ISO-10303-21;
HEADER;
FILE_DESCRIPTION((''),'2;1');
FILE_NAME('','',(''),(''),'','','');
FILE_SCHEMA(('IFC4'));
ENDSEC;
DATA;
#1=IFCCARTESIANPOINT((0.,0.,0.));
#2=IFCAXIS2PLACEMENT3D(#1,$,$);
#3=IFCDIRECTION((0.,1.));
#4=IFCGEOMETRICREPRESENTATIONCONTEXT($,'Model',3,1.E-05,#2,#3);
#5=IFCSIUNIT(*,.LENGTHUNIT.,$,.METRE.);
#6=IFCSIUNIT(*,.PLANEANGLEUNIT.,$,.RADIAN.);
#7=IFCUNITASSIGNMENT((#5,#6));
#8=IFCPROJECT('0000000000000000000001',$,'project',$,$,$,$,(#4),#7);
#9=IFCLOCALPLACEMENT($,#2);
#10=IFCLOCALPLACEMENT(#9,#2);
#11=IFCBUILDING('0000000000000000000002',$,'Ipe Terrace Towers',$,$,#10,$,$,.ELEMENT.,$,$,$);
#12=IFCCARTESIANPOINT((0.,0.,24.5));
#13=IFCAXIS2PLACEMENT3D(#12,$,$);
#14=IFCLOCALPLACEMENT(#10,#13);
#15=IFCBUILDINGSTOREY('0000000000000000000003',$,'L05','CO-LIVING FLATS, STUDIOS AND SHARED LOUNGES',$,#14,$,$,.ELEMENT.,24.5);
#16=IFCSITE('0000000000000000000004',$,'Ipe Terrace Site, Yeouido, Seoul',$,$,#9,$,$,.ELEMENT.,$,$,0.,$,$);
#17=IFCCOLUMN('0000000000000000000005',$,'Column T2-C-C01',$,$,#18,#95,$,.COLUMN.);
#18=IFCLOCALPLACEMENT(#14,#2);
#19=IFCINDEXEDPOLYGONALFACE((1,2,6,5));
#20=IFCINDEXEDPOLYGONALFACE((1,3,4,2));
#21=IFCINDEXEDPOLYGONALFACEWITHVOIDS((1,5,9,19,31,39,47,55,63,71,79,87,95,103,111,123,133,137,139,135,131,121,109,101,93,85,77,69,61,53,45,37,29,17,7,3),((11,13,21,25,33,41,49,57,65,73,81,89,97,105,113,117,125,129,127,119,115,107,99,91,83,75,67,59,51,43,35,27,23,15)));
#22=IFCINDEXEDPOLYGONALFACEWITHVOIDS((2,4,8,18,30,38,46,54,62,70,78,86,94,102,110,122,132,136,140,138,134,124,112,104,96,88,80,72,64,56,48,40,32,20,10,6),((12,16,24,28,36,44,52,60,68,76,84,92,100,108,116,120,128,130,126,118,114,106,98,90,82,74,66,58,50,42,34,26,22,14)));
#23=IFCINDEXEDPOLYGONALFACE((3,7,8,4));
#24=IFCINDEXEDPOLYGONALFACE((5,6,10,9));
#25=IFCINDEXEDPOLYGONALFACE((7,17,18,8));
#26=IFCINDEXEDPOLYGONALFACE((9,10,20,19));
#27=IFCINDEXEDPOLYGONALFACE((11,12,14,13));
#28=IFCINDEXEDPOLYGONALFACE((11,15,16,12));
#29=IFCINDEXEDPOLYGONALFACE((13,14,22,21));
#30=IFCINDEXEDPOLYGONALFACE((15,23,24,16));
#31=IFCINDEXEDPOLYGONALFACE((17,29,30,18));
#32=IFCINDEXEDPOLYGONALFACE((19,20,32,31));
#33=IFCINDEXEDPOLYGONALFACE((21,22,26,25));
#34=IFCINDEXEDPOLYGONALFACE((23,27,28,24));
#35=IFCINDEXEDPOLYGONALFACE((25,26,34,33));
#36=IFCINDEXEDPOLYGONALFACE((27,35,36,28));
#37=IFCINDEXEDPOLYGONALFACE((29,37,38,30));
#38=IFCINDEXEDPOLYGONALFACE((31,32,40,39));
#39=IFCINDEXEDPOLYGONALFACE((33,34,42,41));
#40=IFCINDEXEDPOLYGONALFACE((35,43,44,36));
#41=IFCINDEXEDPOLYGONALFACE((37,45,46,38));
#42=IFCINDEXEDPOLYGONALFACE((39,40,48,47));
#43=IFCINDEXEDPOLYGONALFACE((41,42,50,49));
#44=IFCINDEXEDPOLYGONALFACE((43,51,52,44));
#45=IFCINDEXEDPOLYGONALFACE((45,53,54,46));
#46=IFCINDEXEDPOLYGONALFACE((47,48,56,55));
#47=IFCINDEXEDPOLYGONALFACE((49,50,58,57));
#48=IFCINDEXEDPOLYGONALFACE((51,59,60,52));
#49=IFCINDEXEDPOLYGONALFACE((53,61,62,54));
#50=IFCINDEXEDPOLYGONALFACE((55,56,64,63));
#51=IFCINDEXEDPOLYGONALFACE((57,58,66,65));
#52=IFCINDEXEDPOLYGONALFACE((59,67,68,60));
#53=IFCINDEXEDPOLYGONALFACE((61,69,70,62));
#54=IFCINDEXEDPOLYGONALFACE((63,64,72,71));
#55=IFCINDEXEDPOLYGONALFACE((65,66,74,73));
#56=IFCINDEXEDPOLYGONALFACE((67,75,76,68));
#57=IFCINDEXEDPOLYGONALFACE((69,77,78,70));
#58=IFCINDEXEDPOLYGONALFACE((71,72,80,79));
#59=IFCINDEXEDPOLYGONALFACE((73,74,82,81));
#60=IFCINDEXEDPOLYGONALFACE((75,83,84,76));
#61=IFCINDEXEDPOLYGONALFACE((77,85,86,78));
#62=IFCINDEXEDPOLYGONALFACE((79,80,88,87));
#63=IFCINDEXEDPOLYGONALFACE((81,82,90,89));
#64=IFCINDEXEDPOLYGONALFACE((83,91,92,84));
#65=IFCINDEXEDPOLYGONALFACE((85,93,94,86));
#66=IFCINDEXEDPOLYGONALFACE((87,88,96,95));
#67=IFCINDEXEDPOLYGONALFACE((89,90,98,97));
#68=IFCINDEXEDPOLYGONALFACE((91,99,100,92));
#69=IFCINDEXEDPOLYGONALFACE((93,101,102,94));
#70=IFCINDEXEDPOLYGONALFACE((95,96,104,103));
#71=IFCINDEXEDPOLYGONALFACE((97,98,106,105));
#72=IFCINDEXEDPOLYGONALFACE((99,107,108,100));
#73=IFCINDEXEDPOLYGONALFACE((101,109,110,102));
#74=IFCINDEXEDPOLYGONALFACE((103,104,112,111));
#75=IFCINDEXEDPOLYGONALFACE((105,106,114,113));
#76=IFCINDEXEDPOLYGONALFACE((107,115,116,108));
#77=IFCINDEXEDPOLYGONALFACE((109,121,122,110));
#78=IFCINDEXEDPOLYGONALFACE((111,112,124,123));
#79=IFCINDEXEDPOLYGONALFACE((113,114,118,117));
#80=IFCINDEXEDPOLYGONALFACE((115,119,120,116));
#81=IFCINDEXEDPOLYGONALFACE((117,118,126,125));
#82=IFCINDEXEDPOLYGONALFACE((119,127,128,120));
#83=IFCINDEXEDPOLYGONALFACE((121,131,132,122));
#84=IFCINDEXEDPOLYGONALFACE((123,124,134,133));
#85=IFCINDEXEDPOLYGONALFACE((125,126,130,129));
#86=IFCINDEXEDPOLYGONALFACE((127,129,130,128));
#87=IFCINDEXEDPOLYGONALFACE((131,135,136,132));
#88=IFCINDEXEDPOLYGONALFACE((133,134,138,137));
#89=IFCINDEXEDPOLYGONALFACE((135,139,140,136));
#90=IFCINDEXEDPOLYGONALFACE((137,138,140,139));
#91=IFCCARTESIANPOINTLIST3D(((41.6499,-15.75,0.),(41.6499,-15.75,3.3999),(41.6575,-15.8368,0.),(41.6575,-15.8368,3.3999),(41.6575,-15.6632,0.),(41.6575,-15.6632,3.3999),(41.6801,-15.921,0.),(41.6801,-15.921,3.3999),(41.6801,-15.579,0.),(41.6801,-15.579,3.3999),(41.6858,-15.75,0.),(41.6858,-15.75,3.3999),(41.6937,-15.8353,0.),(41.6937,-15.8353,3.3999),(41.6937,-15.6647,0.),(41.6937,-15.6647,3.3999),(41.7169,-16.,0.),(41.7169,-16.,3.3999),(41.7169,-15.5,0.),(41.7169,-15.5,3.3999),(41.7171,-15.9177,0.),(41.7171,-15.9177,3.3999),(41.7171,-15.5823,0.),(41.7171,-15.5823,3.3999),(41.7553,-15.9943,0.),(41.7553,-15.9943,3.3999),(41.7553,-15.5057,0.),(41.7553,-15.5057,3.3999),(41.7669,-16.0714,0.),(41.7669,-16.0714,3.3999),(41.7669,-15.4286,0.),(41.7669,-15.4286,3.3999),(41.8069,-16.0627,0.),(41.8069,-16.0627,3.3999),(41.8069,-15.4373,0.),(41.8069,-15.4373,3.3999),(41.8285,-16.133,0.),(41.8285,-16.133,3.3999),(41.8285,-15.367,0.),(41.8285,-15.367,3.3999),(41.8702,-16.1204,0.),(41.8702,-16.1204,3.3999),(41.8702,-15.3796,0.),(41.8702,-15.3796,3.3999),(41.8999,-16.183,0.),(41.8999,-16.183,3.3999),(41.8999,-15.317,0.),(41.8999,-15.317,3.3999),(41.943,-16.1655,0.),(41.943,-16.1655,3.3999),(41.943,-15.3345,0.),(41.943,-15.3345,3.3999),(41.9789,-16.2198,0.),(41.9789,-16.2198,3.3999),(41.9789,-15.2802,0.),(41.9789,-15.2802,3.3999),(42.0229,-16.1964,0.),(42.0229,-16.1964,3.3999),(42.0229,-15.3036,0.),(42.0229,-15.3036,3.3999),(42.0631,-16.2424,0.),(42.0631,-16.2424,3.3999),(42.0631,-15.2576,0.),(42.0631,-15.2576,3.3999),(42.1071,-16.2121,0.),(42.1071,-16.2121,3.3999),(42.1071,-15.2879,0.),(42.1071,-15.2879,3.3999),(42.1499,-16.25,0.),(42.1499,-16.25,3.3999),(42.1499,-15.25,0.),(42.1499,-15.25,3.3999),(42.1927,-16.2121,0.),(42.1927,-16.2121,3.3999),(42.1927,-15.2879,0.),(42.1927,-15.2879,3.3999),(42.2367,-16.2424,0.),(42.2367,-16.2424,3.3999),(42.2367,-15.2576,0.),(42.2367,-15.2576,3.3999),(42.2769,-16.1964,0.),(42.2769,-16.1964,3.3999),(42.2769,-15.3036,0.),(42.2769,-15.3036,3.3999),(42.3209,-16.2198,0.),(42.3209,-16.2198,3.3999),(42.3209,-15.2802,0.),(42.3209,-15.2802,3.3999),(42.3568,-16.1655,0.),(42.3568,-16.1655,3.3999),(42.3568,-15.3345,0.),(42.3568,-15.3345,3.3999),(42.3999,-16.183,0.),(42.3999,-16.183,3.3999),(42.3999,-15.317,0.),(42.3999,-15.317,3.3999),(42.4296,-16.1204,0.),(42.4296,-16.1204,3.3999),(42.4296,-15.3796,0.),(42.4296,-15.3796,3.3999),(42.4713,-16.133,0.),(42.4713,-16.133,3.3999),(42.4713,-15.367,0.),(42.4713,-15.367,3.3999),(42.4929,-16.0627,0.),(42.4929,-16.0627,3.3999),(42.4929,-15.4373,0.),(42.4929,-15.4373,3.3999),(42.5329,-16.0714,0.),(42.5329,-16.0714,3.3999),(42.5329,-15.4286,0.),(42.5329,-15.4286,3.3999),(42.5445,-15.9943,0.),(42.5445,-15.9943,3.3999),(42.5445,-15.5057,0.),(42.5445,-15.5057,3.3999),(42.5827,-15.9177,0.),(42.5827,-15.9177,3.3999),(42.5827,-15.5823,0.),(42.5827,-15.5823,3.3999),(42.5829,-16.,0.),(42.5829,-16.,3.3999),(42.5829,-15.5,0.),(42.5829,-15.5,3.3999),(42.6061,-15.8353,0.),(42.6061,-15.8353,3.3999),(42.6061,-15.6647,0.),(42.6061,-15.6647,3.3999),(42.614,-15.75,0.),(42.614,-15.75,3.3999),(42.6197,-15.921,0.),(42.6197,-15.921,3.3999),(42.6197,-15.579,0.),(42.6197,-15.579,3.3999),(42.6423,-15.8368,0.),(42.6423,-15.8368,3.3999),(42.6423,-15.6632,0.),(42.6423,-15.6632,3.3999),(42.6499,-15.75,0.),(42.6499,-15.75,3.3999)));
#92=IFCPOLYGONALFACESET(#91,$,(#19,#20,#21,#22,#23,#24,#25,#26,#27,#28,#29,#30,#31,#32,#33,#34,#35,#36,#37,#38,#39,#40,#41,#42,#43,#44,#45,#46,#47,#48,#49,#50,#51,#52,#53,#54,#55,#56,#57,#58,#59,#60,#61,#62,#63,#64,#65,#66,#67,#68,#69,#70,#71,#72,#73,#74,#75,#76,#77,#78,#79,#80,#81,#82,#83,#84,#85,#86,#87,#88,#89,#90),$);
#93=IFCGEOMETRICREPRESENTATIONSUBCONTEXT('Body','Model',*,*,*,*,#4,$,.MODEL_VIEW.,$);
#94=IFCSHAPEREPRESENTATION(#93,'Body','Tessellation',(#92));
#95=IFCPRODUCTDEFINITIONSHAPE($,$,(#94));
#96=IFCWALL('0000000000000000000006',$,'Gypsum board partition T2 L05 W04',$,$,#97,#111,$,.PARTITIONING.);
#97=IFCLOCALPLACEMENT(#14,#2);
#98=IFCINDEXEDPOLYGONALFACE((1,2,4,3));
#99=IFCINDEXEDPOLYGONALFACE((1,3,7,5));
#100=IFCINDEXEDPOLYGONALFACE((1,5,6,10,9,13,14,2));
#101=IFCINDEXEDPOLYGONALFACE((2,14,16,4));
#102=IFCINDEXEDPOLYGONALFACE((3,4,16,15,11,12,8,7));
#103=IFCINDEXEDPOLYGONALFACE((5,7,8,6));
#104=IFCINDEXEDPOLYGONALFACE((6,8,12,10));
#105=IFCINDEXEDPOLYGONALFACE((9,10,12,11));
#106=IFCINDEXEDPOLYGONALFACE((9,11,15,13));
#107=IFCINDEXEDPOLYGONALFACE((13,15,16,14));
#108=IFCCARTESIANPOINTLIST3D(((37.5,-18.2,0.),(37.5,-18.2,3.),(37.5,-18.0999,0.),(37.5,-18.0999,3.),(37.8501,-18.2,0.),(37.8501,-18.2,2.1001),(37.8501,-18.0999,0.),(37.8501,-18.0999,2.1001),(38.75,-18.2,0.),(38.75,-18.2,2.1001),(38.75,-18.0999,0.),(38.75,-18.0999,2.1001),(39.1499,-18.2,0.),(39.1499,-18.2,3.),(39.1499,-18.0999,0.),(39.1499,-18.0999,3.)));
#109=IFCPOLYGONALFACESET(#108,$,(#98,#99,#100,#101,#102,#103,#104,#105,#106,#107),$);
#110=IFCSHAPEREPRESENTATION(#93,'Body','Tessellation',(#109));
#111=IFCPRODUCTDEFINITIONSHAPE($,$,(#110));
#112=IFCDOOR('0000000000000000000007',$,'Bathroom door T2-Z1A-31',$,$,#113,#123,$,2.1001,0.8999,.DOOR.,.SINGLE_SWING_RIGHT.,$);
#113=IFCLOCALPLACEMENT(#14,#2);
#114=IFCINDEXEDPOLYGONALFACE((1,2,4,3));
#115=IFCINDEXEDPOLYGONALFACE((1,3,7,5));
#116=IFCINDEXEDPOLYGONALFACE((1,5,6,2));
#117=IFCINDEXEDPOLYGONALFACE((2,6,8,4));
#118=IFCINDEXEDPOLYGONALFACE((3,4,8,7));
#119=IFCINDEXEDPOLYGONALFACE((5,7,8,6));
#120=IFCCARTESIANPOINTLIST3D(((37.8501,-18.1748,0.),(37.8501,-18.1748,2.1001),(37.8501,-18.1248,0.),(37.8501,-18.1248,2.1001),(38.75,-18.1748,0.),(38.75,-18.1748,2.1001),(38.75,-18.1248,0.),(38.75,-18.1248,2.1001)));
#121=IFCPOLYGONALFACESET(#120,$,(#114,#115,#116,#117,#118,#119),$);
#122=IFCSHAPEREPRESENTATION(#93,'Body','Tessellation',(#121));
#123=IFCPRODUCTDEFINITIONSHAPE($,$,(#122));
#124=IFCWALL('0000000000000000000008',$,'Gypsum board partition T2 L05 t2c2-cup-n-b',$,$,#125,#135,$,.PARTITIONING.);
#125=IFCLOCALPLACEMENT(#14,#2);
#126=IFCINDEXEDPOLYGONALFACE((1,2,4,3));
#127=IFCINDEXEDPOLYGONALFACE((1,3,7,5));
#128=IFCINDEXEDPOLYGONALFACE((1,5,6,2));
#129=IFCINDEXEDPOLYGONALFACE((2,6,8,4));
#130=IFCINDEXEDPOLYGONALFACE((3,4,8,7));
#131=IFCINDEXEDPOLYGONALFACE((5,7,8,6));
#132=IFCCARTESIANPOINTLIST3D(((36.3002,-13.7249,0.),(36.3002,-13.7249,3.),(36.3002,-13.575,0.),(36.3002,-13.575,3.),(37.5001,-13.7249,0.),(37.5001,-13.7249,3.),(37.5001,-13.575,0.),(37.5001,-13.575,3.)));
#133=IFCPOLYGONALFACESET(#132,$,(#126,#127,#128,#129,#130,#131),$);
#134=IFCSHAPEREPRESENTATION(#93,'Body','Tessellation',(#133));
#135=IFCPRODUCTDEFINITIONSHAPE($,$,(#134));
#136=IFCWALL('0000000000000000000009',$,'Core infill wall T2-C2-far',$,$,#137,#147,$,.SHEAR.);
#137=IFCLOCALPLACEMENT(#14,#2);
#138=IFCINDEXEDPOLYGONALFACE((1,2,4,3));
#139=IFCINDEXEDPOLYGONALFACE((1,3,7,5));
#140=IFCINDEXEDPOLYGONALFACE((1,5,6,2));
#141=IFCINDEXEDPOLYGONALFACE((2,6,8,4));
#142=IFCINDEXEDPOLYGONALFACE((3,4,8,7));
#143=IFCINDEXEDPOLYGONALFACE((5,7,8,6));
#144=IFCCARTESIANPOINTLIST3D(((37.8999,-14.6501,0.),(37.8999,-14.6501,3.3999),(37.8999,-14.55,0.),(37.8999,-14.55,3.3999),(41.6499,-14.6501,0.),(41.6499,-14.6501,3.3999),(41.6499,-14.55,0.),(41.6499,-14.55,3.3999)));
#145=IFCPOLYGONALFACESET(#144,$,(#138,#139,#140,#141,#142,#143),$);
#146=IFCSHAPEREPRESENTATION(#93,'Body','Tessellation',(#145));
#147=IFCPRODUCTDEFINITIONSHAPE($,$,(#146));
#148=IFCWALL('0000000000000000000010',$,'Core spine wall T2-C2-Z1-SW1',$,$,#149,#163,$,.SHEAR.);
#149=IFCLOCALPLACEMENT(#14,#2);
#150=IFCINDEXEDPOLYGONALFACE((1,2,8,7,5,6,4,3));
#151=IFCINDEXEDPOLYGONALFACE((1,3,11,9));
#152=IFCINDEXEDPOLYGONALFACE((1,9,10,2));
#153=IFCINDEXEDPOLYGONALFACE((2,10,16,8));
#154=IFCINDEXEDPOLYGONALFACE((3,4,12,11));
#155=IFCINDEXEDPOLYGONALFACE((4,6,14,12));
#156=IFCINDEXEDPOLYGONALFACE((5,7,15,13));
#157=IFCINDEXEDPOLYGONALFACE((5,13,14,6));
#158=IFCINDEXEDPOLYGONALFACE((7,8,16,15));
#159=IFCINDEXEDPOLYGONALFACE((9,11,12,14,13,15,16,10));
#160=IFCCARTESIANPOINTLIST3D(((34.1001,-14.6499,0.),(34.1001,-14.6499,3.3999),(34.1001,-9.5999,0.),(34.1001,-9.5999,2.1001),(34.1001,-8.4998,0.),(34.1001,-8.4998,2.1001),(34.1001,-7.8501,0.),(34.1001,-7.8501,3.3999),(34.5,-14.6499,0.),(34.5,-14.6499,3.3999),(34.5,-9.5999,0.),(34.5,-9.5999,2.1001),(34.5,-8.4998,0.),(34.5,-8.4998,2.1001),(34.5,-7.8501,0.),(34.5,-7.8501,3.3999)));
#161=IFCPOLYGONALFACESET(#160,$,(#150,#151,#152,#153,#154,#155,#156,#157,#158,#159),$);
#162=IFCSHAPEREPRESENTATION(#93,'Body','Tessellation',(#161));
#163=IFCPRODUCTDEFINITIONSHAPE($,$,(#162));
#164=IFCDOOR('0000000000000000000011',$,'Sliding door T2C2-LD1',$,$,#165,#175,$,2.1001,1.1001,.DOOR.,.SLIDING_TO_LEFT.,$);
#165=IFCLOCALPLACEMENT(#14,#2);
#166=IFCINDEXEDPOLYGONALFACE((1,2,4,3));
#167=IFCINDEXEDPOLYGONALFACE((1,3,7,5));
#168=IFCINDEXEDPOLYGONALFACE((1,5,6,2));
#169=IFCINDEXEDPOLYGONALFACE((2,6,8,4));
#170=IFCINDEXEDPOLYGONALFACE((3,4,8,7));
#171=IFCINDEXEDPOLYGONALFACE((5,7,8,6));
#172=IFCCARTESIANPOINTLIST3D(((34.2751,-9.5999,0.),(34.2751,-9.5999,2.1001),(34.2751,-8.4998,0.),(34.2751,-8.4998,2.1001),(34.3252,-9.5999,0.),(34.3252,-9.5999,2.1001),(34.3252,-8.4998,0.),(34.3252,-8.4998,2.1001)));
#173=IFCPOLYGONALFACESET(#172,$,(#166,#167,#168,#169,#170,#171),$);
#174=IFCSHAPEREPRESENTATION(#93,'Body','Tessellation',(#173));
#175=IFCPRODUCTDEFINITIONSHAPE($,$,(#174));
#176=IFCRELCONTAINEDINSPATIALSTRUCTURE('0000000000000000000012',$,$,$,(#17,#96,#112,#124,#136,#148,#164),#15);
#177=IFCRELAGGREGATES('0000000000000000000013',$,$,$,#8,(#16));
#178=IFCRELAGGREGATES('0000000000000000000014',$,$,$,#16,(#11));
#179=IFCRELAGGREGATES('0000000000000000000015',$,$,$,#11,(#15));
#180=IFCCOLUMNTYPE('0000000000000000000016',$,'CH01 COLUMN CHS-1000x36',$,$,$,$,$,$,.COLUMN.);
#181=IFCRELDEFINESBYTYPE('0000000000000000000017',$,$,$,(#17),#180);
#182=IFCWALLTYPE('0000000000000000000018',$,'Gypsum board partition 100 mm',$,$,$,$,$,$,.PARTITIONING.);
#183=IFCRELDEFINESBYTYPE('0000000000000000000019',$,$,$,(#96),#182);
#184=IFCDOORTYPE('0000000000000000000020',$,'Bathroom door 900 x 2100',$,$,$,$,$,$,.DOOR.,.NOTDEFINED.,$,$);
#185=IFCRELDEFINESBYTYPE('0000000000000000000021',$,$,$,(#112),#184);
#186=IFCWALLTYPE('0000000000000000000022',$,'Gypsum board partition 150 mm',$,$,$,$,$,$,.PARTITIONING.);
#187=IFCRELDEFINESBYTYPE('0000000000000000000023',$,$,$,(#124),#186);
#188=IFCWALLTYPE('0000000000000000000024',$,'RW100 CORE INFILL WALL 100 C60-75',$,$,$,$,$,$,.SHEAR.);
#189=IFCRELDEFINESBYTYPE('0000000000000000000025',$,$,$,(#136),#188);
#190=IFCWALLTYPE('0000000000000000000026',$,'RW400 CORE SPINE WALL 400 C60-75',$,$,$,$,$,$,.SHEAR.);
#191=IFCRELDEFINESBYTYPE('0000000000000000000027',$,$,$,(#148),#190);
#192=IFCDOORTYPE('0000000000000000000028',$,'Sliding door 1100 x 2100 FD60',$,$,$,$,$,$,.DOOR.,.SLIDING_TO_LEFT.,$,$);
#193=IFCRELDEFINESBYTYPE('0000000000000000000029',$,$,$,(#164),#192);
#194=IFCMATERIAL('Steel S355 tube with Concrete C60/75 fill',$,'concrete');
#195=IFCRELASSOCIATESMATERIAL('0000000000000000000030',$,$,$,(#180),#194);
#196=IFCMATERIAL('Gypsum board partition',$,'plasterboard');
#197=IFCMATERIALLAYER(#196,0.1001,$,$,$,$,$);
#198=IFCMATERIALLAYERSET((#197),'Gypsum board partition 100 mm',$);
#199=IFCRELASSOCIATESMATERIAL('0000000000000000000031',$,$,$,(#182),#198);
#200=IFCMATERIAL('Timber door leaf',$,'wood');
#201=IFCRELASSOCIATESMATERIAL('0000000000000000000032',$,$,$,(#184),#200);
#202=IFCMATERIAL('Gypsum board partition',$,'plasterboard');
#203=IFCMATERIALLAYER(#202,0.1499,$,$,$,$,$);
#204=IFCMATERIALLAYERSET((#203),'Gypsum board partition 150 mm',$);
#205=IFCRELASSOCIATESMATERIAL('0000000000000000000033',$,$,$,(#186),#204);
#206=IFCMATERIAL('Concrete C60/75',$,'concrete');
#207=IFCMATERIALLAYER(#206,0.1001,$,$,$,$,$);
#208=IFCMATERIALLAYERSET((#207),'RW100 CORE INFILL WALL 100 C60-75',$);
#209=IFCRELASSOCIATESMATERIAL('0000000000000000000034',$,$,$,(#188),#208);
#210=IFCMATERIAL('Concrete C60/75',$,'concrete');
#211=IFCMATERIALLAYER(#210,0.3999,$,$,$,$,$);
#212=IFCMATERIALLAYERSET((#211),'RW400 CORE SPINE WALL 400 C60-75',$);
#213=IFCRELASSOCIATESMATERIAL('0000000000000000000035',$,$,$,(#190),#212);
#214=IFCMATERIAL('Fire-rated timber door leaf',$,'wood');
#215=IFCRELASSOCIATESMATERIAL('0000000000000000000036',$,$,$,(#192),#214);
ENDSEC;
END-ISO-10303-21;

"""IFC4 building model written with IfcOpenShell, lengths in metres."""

from ifc_helpers import new_model, si_unit, direction, frame, frame_2d, origin, origin_2d, place, context, subcontext, project, spatial, rectangle, hollow_circle, extrude, material, layer, layer_set, material_profile, profile_set, type_object, element, fill, save


model = new_model("IFC4")

# Units and contexts
model_context = context("Model", 3, precision=1e-05, world=origin(), true_north=direction((0.0, 1.0)))
body_context = subcontext(model_context, "Body", "Model", "MODEL_VIEW")
ifc_project = project(units=[si_unit("LENGTHUNIT", "METRE"), si_unit("PLANEANGLEUNIT", "RADIAN")], contexts=[model_context])

# Site, building, storey
site_placement = place(None, origin())
site = spatial("IfcSite", under=ifc_project, at=site_placement, Name="Ipe Terrace Site, Yeouido, Seoul", CompositionType="ELEMENT", RefElevation=0.0)
building_placement = place(site_placement, origin())
building = spatial("IfcBuilding", under=site, at=building_placement, Name="Ipe Terrace Towers", CompositionType="ELEMENT")
storey_placement = place(building_placement, frame((0.0, 0.0, 24.5)))
storey = spatial("IfcBuildingStorey", under=building, at=storey_placement, Name="L05", Description="CO-LIVING FLATS, STUDIOS AND SHARED LOUNGES", CompositionType="ELEMENT", Elevation=24.5)

# Column
ifc_material_1 = material(Name="Steel S355 tube with Concrete C60/75 fill", Category="concrete")
ifc_material_profile = material_profile(ifc_material_1, hollow_circle(Radius=0.5, WallThickness=0.0359, at=origin_2d()), Name="CHS-1000x36")
ifc_profile_set = profile_set([ifc_material_profile], Name="Steel S355 tube with Concrete C60/75 fill")
column_type = type_object("IfcColumnType", Name="CH01 COLUMN CHS-1000x36", PredefinedType="COLUMN", material=ifc_profile_set)
column_placement = place(storey_placement, frame((42.1499, -15.75, 0.0), z_axis=(0.0, 0.0, 1.0), x_axis=(1.0, 0.0, 0.0)))
element("IfcColumn", 1, at=column_placement, inside=storey, type_object=column_type, Name="Column T2-C-C01", PredefinedType="COLUMN", context=body_context, shape_type="SweptSolid", body=[
    extrude(hollow_circle(Radius=0.5, WallThickness=0.0359, at=origin_2d()), origin(), (0.0, 0.0, 1.0), 3.3999),
])

# Wall, opening, door
ifc_material_2 = material(Name="Gypsum board partition", Category="plasterboard")
ifc_layer_1 = layer(ifc_material_2, 0.1001)
ifc_layer_set_1 = layer_set([ifc_layer_1], Name="Gypsum board partition 100 mm")
wall_type_1 = type_object("IfcWallType", Name="Gypsum board partition 100 mm", PredefinedType="PARTITIONING", material=ifc_layer_set_1)
wall_1_placement = place(storey_placement, frame((39.1499, -18.1499, 0.0), z_axis=(0.0, 0.0, 1.0), x_axis=(-1.0, 0.0, 0.0)))
wall_1 = element("IfcWall", 2, at=wall_1_placement, inside=storey, type_object=wall_type_1, Name="Gypsum board partition T2 L05 W04", PredefinedType="PARTITIONING", context=body_context, shape_type="SweptSolid", body=[
    extrude(rectangle(XDim=1.6499, YDim=0.1001, at=frame_2d((0.825, 0.0))), origin(), (0.0, 0.0, 1.0), 3.0),
])
opening_1_placement = place(wall_1_placement, frame((0.3999, 0.0, 0.0)))
opening_1 = element("IfcOpeningElement", 3, at=opening_1_placement, cuts=wall_1, PredefinedType="OPENING", context=body_context, shape_type="SweptSolid", body=[
    extrude(rectangle(XDim=0.8999, YDim=2.1001, at=frame_2d((0.45, 1.05))), frame((0.0, 0.0601, 0.0), z_axis=(0.0, -1.0, 0.0), x_axis=(1.0, 0.0, 0.0)), (0.0, 0.0, 1.0), 0.1201),
])
ifc_material_3 = material(Name="Timber door leaf", Category="wood")
door_type_1 = type_object("IfcDoorType", Name="Bathroom door 900 x 2100", OperationType="NOTDEFINED", PredefinedType="DOOR", material=ifc_material_3)
door_1_placement = place(opening_1_placement, origin())
door_1 = element("IfcDoor", 4, at=door_1_placement, inside=storey, type_object=door_type_1, Name="Bathroom door T2-Z1A-31", OperationType="SINGLE_SWING_RIGHT", OverallHeight=2.1001, OverallWidth=0.8999, PredefinedType="DOOR", context=body_context, shape_type="SweptSolid", body=[
    extrude(rectangle(XDim=0.8999, YDim=2.1001, at=frame_2d((0.45, 1.05))), frame((0.0, 0.0249, 0.0), z_axis=(0.0, -1.0, 0.0), x_axis=(1.0, 0.0, 0.0)), (0.0, 0.0, 1.0), 0.05),
])
fill(opening_1, door_1)

# Walls
ifc_material_4 = material(Name="Gypsum board partition", Category="plasterboard")
ifc_layer_2 = layer(ifc_material_4, 0.1499)
ifc_layer_set_2 = layer_set([ifc_layer_2], Name="Gypsum board partition 150 mm")
wall_type_2 = type_object("IfcWallType", Name="Gypsum board partition 150 mm", PredefinedType="PARTITIONING", material=ifc_layer_set_2)
wall_2_placement = place(storey_placement, frame((36.3, -13.6499, 0.0), z_axis=(0.0, 0.0, 1.0), x_axis=(1.0, 0.0, 0.0)))
element("IfcWall", 5, at=wall_2_placement, inside=storey, type_object=wall_type_2, Name="Gypsum board partition T2 L05 t2c2-cup-n-b", PredefinedType="PARTITIONING", context=body_context, shape_type="SweptSolid", body=[
    extrude(rectangle(XDim=1.2, YDim=0.1499, at=frame_2d((0.6001, 0.0))), origin(), (0.0, 0.0, 1.0), 3.0),
])
ifc_material_5 = material(Name="Concrete C60/75", Category="concrete")
ifc_layer_3 = layer(ifc_material_5, 0.1001)
ifc_layer_set_3 = layer_set([ifc_layer_3], Name="RW100 CORE INFILL WALL 100 C60-75")
wall_type_3 = type_object("IfcWallType", Name="RW100 CORE INFILL WALL 100 C60-75", PredefinedType="SHEAR", material=ifc_layer_set_3)
wall_3_placement = place(storey_placement, frame((37.8999, -14.6001, 0.0), z_axis=(0.0, 0.0, 1.0), x_axis=(1.0, 0.0, 0.0)))
element("IfcWall", 6, at=wall_3_placement, inside=storey, type_object=wall_type_3, Name="Core infill wall T2-C2-far", PredefinedType="SHEAR", context=body_context, shape_type="SweptSolid", body=[
    extrude(rectangle(XDim=3.75, YDim=0.1001, at=frame_2d((1.875, 0.0))), origin(), (0.0, 0.0, 1.0), 3.3999),
])

# Wall, opening, door
ifc_material_6 = material(Name="Concrete C60/75", Category="concrete")
ifc_layer_4 = layer(ifc_material_6, 0.3999)
ifc_layer_set_4 = layer_set([ifc_layer_4], Name="RW400 CORE SPINE WALL 400 C60-75")
wall_type_4 = type_object("IfcWallType", Name="RW400 CORE SPINE WALL 400 C60-75", PredefinedType="SHEAR", material=ifc_layer_set_4)
wall_4_placement = place(storey_placement, frame((34.3, -14.6499, 0.0), z_axis=(0.0, 0.0, 1.0), x_axis=(0.0, 1.0, 0.0)))
wall_4 = element("IfcWall", 7, at=wall_4_placement, inside=storey, type_object=wall_type_4, Name="Core spine wall T2-C2-Z1-SW1", PredefinedType="SHEAR", context=body_context, shape_type="SweptSolid", body=[
    extrude(rectangle(XDim=6.7998, YDim=0.3999, at=frame_2d((3.3999, 0.0))), origin(), (0.0, 0.0, 1.0), 3.3999),
])
opening_2_placement = place(wall_4_placement, frame((5.05, 0.0, 0.0)))
opening_2 = element("IfcOpeningElement", 8, at=opening_2_placement, cuts=wall_4, PredefinedType="OPENING", context=body_context, shape_type="SweptSolid", body=[
    extrude(rectangle(XDim=1.1001, YDim=2.1001, at=frame_2d((0.55, 1.05))), frame((0.0, 0.21, 0.0), z_axis=(0.0, -1.0, 0.0), x_axis=(1.0, 0.0, 0.0)), (0.0, 0.0, 1.0), 0.4199),
])
ifc_material_7 = material(Name="Fire-rated timber door leaf", Category="wood")
door_type_2 = type_object("IfcDoorType", Name="Sliding door 1100 x 2100 FD60", OperationType="SLIDING_TO_LEFT", PredefinedType="DOOR", material=ifc_material_7)
door_2_placement = place(opening_2_placement, origin())
door_2 = element("IfcDoor", 9, at=door_2_placement, inside=storey, type_object=door_type_2, Name="Sliding door T2C2-LD1", OperationType="SLIDING_TO_LEFT", OverallHeight=2.1001, OverallWidth=1.1001, PredefinedType="DOOR", context=body_context, shape_type="SweptSolid", body=[
    extrude(rectangle(XDim=1.1001, YDim=2.1001, at=frame_2d((0.55, 1.05))), frame((0.0, 0.0249, 0.0), z_axis=(0.0, -1.0, 0.0), x_axis=(1.0, 0.0, 0.0)), (0.0, 0.0, 1.0), 0.05),
])
fill(opening_2, door_2)

save(model, "model.ifc")
